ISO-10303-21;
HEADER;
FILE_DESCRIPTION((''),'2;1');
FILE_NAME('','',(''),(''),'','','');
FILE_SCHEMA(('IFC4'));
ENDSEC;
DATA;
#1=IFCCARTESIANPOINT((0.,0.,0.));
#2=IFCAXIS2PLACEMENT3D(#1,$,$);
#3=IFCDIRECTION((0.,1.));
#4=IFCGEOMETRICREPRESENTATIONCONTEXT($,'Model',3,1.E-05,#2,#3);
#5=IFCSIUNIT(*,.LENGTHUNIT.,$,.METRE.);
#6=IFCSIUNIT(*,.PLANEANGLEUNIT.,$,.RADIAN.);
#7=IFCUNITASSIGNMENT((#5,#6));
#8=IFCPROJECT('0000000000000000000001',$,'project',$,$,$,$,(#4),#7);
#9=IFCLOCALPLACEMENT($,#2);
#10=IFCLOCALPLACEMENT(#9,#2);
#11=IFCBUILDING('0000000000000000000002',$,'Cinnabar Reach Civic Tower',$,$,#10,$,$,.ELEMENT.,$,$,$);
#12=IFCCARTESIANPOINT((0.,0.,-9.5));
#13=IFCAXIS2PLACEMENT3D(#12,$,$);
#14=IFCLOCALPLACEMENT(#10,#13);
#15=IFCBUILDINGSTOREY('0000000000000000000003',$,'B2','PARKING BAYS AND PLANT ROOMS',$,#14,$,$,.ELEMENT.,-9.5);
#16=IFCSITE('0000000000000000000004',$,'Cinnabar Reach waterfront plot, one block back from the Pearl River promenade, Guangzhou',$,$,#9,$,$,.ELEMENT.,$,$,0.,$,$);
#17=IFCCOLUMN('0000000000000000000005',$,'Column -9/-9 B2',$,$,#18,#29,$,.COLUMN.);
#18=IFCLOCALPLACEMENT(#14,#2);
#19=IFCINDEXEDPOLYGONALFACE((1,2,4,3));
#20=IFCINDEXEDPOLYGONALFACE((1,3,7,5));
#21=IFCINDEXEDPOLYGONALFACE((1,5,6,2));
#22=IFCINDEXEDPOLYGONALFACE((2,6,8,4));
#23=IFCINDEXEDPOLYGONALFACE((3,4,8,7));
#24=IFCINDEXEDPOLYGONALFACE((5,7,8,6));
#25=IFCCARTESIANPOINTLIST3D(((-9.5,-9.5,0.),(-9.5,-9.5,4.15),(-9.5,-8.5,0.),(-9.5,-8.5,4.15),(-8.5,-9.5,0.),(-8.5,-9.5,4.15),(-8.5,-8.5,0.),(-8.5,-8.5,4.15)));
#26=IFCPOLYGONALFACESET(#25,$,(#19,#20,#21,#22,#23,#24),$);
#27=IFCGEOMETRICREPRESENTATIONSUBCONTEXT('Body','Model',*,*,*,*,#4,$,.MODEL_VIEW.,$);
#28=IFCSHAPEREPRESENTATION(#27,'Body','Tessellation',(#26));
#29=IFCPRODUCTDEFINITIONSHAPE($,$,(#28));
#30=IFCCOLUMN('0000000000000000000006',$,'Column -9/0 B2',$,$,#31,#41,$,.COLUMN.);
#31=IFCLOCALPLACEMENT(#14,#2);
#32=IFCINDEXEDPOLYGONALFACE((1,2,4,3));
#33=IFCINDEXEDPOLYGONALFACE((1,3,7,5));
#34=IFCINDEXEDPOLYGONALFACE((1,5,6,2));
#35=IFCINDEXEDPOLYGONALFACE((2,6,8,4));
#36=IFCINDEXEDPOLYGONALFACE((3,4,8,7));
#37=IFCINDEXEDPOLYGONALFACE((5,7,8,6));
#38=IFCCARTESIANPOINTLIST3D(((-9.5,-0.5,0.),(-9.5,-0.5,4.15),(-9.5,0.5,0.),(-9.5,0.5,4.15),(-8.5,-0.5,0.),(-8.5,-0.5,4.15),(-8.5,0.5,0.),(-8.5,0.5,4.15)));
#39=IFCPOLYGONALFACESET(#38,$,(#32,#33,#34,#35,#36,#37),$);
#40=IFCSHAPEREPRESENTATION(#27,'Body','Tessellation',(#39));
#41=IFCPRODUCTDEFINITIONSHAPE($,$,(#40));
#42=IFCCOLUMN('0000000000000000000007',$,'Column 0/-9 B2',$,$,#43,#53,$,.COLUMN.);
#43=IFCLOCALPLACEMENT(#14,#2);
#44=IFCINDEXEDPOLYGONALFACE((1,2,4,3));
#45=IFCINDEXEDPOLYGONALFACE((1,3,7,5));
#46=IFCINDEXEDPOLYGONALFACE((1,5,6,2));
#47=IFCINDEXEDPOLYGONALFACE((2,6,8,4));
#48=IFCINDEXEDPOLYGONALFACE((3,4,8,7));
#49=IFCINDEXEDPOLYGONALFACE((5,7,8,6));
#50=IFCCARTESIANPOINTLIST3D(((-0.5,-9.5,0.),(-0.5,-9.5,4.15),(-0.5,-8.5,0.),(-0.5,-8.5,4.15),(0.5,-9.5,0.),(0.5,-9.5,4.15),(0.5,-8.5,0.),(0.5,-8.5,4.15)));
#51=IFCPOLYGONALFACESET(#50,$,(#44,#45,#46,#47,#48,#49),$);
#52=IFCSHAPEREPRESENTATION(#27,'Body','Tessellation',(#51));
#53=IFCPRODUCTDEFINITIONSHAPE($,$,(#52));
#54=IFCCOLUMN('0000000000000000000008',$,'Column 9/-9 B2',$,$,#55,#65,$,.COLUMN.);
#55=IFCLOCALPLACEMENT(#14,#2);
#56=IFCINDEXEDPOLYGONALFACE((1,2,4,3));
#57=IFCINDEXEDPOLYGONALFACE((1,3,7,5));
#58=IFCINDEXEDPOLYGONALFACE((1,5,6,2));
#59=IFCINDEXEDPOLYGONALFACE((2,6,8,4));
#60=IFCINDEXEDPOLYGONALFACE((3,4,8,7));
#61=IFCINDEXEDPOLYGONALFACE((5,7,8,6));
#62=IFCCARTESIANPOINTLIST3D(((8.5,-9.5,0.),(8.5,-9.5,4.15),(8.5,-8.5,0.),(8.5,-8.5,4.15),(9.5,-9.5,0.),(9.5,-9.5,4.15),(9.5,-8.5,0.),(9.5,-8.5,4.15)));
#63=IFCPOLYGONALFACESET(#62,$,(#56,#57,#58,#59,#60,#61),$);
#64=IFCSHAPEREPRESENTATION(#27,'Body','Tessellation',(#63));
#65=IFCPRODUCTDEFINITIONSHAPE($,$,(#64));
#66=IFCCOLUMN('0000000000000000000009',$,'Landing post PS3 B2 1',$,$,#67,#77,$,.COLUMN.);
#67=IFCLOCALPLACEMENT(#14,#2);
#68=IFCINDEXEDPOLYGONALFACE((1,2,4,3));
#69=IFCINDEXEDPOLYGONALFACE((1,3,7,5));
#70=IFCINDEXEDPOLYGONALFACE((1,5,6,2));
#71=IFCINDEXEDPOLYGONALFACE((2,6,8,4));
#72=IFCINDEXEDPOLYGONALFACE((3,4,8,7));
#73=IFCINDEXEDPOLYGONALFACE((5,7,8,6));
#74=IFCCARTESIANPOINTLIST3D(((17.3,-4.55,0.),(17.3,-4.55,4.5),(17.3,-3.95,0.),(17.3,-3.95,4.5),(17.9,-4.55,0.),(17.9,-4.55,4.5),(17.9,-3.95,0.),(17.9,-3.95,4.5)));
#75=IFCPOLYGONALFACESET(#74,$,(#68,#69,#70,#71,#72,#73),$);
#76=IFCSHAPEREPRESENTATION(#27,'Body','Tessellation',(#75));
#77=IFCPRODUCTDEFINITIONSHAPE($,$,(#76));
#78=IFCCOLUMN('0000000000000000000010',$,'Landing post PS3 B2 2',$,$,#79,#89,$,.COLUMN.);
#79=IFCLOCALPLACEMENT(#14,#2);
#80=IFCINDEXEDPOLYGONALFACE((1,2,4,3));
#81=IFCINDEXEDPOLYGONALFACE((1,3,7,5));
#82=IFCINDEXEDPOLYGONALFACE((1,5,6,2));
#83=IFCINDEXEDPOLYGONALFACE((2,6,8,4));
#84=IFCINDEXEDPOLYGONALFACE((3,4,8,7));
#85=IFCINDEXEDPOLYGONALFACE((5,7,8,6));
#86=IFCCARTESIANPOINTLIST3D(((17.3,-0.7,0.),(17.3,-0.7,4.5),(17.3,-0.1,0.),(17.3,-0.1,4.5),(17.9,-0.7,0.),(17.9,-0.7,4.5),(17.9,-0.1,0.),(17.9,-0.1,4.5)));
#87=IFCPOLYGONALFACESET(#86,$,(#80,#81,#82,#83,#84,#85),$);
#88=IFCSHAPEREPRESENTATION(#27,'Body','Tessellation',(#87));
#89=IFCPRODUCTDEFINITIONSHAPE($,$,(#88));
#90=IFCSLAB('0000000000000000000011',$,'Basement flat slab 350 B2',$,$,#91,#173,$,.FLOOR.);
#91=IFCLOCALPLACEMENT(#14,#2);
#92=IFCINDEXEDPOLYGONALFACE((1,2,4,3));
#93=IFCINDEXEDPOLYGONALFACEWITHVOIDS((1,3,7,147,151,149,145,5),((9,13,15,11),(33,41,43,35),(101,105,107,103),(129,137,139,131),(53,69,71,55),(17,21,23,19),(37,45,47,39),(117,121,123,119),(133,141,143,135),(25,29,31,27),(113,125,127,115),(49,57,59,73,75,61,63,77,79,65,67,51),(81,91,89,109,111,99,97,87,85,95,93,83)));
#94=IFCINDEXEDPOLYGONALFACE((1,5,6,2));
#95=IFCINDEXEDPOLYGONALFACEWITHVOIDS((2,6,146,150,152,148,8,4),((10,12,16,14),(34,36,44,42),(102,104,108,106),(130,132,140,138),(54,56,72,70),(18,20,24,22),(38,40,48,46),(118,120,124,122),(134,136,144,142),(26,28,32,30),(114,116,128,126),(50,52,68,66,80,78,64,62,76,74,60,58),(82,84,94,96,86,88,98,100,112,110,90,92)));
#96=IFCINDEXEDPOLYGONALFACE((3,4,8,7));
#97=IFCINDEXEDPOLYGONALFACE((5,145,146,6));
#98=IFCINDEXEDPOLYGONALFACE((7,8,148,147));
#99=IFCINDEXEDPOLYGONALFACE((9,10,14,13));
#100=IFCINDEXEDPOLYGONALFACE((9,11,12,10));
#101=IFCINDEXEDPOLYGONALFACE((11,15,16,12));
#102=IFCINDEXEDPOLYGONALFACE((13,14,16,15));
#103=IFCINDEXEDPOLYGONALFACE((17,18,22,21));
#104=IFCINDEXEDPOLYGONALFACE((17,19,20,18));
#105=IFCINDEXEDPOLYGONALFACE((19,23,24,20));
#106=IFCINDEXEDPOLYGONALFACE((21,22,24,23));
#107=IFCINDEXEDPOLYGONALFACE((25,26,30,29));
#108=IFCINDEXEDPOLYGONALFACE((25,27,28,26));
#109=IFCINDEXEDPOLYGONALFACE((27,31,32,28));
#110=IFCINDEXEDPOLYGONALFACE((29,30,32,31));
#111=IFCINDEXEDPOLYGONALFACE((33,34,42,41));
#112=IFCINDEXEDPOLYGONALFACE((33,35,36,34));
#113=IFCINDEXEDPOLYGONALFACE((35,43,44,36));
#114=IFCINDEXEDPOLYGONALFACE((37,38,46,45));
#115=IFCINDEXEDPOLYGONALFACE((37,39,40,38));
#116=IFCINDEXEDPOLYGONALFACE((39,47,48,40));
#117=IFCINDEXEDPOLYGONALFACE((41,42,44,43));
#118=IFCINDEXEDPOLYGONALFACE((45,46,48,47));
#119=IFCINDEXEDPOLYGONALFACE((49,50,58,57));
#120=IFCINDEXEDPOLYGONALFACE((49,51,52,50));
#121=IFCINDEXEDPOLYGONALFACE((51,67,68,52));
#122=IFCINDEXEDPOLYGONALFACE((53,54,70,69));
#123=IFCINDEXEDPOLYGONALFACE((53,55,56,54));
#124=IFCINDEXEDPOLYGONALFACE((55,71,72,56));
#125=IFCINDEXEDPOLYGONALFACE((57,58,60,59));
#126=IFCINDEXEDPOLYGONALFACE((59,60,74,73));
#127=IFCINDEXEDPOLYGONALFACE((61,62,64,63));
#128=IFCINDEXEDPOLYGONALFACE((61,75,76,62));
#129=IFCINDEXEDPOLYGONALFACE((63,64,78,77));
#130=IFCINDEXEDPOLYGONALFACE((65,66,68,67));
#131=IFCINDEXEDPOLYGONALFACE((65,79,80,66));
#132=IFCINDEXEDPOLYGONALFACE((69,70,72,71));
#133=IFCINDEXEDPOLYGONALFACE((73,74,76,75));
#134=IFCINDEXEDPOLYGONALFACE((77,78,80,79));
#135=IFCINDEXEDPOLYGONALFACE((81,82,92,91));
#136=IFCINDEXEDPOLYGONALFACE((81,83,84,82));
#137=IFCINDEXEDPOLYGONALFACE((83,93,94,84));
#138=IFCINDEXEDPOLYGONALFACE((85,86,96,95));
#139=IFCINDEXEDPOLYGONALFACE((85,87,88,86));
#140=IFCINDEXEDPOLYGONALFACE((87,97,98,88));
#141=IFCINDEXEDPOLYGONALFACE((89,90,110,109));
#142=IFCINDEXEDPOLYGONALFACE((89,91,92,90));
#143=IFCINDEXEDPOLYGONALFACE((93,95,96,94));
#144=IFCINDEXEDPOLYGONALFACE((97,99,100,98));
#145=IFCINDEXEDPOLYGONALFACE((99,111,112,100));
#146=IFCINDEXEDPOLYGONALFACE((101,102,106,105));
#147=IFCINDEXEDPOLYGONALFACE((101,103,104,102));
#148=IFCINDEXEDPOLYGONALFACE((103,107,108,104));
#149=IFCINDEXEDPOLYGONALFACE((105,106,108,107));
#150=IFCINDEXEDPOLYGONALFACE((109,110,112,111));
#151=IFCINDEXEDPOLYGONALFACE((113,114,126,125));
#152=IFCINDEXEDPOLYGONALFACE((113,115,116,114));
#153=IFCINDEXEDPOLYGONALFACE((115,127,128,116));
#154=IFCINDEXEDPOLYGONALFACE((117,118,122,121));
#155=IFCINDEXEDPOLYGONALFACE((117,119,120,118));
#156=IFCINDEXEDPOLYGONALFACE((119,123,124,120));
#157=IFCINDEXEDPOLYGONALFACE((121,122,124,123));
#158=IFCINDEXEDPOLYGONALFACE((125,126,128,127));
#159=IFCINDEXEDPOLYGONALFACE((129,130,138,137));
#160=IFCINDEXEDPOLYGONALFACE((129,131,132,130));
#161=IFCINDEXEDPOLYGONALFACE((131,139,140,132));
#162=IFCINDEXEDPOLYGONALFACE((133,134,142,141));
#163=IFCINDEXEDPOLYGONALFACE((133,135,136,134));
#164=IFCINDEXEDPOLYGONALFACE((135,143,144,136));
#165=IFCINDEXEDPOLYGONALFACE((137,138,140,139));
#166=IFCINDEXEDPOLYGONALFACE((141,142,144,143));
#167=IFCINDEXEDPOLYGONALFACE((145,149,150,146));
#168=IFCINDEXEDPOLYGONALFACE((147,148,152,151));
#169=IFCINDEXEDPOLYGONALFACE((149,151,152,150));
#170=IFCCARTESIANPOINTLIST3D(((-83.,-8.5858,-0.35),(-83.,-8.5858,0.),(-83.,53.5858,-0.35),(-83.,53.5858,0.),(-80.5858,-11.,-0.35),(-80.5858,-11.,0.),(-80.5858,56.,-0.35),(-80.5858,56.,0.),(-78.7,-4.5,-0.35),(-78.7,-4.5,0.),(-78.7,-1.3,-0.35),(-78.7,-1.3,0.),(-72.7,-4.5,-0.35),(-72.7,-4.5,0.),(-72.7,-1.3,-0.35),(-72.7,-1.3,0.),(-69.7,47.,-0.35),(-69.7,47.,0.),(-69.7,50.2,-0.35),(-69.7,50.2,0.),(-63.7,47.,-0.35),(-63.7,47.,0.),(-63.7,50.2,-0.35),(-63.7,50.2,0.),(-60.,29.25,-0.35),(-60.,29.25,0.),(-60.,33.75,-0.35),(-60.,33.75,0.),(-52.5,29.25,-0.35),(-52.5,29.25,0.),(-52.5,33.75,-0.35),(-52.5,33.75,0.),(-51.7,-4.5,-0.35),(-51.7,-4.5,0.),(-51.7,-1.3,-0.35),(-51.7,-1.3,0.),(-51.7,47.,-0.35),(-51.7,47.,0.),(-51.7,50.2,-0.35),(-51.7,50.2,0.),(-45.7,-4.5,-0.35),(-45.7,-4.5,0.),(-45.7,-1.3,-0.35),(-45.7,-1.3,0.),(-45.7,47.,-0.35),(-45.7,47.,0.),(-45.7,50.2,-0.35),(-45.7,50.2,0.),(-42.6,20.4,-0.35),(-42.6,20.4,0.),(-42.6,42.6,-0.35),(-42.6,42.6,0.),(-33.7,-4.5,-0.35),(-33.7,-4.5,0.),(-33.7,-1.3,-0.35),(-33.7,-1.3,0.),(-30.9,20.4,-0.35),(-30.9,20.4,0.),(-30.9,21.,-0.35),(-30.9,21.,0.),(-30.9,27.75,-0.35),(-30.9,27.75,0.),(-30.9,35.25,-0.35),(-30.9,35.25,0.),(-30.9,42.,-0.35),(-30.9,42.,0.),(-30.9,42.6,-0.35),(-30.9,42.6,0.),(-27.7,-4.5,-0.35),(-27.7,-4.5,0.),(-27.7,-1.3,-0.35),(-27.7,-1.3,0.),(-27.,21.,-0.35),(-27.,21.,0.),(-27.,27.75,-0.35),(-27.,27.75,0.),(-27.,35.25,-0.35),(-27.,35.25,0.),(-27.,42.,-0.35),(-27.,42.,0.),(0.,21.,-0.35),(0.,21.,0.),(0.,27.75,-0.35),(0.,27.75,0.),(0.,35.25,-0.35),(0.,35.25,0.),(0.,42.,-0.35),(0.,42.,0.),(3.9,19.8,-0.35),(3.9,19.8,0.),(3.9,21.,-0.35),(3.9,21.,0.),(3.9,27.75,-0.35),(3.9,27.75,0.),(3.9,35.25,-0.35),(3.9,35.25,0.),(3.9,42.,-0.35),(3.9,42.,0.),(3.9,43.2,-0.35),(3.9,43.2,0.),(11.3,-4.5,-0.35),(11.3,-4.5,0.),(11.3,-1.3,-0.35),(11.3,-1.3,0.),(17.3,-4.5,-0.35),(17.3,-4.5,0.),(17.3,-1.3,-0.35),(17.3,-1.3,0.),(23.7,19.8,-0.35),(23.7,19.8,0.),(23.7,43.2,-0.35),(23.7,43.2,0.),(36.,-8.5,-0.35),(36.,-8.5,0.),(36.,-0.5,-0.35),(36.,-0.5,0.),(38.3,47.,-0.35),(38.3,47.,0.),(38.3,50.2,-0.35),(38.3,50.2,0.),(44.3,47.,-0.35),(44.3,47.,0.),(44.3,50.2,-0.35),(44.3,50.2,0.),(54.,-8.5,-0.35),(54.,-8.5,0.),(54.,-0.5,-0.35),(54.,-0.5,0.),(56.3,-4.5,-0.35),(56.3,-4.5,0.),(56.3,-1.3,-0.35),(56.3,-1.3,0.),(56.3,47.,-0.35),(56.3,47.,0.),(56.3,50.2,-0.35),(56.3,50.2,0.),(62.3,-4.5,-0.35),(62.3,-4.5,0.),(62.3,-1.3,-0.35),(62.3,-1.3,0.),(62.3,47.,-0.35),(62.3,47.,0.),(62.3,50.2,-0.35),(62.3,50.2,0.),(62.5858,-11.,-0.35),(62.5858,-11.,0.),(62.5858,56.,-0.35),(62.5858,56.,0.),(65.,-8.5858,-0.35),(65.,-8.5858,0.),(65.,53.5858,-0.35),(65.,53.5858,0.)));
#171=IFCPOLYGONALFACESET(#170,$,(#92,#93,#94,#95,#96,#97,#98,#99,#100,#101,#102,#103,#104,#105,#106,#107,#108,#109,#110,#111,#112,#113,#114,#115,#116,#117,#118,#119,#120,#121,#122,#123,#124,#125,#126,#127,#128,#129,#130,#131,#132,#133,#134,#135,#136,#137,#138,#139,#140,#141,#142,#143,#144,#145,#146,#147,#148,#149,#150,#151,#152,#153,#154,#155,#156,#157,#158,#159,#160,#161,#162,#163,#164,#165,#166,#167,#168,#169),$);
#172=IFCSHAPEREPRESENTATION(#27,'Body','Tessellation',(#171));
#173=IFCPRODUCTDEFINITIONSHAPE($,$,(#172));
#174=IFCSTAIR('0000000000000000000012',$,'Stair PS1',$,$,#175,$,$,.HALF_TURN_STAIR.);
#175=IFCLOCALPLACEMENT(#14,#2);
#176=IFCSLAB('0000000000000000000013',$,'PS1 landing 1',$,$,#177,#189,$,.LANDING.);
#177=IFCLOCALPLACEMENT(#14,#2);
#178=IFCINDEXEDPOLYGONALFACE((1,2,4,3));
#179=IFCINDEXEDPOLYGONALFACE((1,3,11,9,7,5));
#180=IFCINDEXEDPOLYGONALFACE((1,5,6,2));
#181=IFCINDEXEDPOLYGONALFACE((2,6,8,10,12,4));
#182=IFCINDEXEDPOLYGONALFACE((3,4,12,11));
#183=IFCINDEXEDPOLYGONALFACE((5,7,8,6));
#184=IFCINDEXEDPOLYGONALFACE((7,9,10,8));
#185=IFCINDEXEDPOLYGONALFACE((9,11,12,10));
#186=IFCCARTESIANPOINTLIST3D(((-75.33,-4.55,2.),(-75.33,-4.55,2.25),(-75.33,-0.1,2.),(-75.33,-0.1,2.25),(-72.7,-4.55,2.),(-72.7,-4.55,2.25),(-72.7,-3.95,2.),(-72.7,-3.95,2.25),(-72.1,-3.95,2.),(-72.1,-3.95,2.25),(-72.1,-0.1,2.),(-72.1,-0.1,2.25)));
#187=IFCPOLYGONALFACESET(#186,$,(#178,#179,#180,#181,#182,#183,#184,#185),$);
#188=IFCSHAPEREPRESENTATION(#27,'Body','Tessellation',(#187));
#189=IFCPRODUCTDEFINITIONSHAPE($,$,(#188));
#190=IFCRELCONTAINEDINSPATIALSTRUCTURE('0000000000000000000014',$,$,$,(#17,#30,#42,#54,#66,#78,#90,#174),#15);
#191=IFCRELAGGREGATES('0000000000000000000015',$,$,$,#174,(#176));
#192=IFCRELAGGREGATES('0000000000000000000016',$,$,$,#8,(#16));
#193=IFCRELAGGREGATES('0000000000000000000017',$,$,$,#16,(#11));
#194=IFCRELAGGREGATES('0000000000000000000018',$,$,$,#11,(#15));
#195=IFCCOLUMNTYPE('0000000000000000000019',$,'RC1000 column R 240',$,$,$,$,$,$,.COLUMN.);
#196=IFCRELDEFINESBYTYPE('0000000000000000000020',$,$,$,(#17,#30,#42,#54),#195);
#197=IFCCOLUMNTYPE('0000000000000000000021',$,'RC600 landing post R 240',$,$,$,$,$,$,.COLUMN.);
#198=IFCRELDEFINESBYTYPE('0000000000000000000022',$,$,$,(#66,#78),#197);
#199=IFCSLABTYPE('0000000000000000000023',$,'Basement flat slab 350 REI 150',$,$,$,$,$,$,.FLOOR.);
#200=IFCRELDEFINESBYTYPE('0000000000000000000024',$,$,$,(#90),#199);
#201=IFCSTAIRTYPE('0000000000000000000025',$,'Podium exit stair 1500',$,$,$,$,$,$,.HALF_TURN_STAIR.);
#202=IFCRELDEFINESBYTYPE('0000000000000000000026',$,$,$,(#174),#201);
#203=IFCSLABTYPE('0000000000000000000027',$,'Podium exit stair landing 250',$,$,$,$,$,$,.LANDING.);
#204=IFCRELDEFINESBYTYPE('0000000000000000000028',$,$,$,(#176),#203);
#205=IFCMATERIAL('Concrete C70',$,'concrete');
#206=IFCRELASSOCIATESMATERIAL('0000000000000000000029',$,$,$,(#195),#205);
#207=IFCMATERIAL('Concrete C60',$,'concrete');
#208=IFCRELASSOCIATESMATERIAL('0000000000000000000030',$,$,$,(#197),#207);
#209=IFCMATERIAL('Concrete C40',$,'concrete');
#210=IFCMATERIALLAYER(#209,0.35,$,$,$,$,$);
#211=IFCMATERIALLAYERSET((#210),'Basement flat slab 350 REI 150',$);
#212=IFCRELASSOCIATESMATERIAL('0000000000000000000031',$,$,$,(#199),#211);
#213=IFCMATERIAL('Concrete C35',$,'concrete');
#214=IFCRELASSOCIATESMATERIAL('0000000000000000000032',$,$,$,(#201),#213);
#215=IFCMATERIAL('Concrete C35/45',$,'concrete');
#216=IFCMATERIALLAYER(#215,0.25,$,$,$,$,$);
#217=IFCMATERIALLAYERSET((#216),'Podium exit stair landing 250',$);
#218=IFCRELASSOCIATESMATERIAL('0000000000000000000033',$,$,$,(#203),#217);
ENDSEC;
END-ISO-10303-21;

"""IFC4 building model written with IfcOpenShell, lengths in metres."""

from ifc_helpers import new_model, si_unit, direction, frame, origin, origin_2d, place, context, subcontext, project, spatial, polyline, rectangle, outline, extrude, material, layer, layer_set, material_profile, profile_set, type_object, element, aggregate, save


model = new_model("IFC4")

# Units and contexts
model_context = context("Model", 3, precision=1e-05, world=origin(), true_north=direction((0.0, 1.0)))
body_context = subcontext(model_context, "Body", "Model", "MODEL_VIEW")
ifc_project = project(units=[si_unit("LENGTHUNIT", "METRE"), si_unit("PLANEANGLEUNIT", "RADIAN")], contexts=[model_context])

# Site, building, storey
site_placement = place(None, origin())
site = spatial("IfcSite", under=ifc_project, at=site_placement, Name="Cinnabar Reach waterfront plot, one block back from the Pearl River promenade, Guangzhou", CompositionType="ELEMENT", RefElevation=0.0)
building_placement = place(site_placement, origin())
building = spatial("IfcBuilding", under=site, at=building_placement, Name="Cinnabar Reach Civic Tower", CompositionType="ELEMENT")
storey_placement = place(building_placement, frame((0.0, 0.0, -9.5)))
storey = spatial("IfcBuildingStorey", under=building, at=storey_placement, Name="B2", Description="PARKING BAYS AND PLANT ROOMS", CompositionType="ELEMENT", Elevation=-9.5)

# Columns
ifc_material_1 = material(Name="Concrete C70", Category="concrete")
ifc_material_profile_1 = material_profile(ifc_material_1, rectangle(XDim=1.0, YDim=1.0, at=origin_2d()), Name="RC1000")
ifc_profile_set_1 = profile_set([ifc_material_profile_1], Name="Concrete C70")
column_type_1 = type_object("IfcColumnType", Name="RC1000 column R 240", PredefinedType="COLUMN", material=ifc_profile_set_1)
for number, where, z_axis, x_axis, name in (
    (1, (-9.0, -9.0, 0.0), (0.0, 0.0, 1.0), (1.0, 0.0, 0.0), "Column -9/-9 B2"),
    (2, (-9.0, 0.0, 0.0), (0.0, 0.0, 1.0), (1.0, 0.0, 0.0), "Column -9/0 B2"),
    (3, (0.0, -9.0, 0.0), (0.0, 0.0, 1.0), (1.0, 0.0, 0.0), "Column 0/-9 B2"),
    (4, (9.0, -9.0, 0.0), (0.0, 0.0, 1.0), (1.0, 0.0, 0.0), "Column 9/-9 B2"),
):
    element("IfcColumn", number, at=place(storey_placement, frame(where, z_axis=z_axis, x_axis=x_axis)), inside=storey, type_object=column_type_1, Name=name, PredefinedType="COLUMN", context=body_context, shape_type="SweptSolid", body=[
        extrude(rectangle(XDim=1.0, YDim=1.0, at=origin_2d()), origin(), (0.0, 0.0, 1.0), 4.15),
    ])
ifc_material_2 = material(Name="Concrete C60", Category="concrete")
ifc_material_profile_2 = material_profile(ifc_material_2, rectangle(XDim=0.6, YDim=0.6, at=origin_2d()), Name="RC600")
ifc_profile_set_2 = profile_set([ifc_material_profile_2], Name="Concrete C60")
column_type_2 = type_object("IfcColumnType", Name="RC600 landing post R 240", PredefinedType="COLUMN", material=ifc_profile_set_2)
for number, where, z_axis, x_axis, name in (
    (5, (17.6, -4.25, 0.0), (0.0, 0.0, 1.0), (1.0, 0.0, 0.0), "Landing post PS3 B2 1"),
    (6, (17.6, -0.4, 0.0), (0.0, 0.0, 1.0), (1.0, 0.0, 0.0), "Landing post PS3 B2 2"),
):
    element("IfcColumn", number, at=place(storey_placement, frame(where, z_axis=z_axis, x_axis=x_axis)), inside=storey, type_object=column_type_2, Name=name, PredefinedType="COLUMN", context=body_context, shape_type="SweptSolid", body=[
        extrude(rectangle(XDim=0.6, YDim=0.6, at=origin_2d()), origin(), (0.0, 0.0, 1.0), 4.5),
    ])

# Slab
ifc_material_3 = material(Name="Concrete C40", Category="concrete")
ifc_layer_1 = layer(ifc_material_3, 0.35)
ifc_layer_set_1 = layer_set([ifc_layer_1], Name="Basement flat slab 350 REI 150")
slab_type_1 = type_object("IfcSlabType", Name="Basement flat slab 350 REI 150", PredefinedType="FLOOR", material=ifc_layer_set_1)
slab_1_placement = place(storey_placement, frame((0.0, 0.0, -0.35)))
element("IfcSlab", 7, at=slab_1_placement, inside=storey, type_object=slab_type_1, Name="Basement flat slab 350 B2", PredefinedType="FLOOR", context=body_context, shape_type="SweptSolid", body=[
    extrude(outline(polyline([(-83.0, -8.5858), (-83.0, 53.5858), (-80.5858, 56.0), (62.5858, 56.0), (65.0, 53.5858), (65.0, -8.5858), (62.5858, -11.0), (-80.5858, -11.0), (-83.0, -8.5858)]), holes=[polyline([(-78.7, -1.3), (-78.7, -4.5), (-72.7, -4.5), (-72.7, -1.3), (-78.7, -1.3)]), polyline([(-45.7, -1.3), (-51.7, -1.3), (-51.7, -4.5), (-45.7, -4.5), (-45.7, -1.3)]), polyline([(-27.7, -1.3), (-33.7, -1.3), (-33.7, -4.5), (-27.7, -4.5), (-27.7, -1.3)]), polyline([(-60.0, 33.75), (-60.0, 29.25), (-52.5, 29.25), (-52.5, 33.75), (-60.0, 33.75)]), polyline([(-42.6, 20.4), (-30.9, 20.4), (-30.9, 21.0), (-27.0, 21.0), (-27.0, 27.75), (-30.9, 27.75), (-30.9, 35.25), (-27.0, 35.25), (-27.0, 42.0), (-30.9, 42.0), (-30.9, 42.6), (-42.6, 42.6), (-42.6, 20.4)]), polyline([(-63.7, 50.2), (-69.7, 50.2), (-69.7, 47.0), (-63.7, 47.0), (-63.7, 50.2)]), polyline([(-51.7, 50.2), (-51.7, 47.0), (-45.7, 47.0), (-45.7, 50.2), (-51.7, 50.2)]), polyline([(54.0, -0.5), (36.0, -0.5), (36.0, -8.5), (54.0, -8.5), (54.0, -0.5)]), polyline([(17.3, -1.3), (11.3, -1.3), (11.3, -4.5), (17.3, -4.5), (17.3, -1.3)]), polyline([(62.3, -1.3), (56.3, -1.3), (56.3, -4.5), (62.3, -4.5), (62.3, -1.3)]), polyline([(3.9, 42.0), (0.0, 42.0), (0.0, 35.25), (3.9, 35.25), (3.9, 27.75), (0.0, 27.75), (0.0, 21.0), (3.9, 21.0), (3.9, 19.8), (23.7, 19.8), (23.7, 43.2), (3.9, 43.2), (3.9, 42.0)]), polyline([(44.3, 47.0), (44.3, 50.2), (38.3, 50.2), (38.3, 47.0), (44.3, 47.0)]), polyline([(62.3, 47.0), (62.3, 50.2), (56.3, 50.2), (56.3, 47.0), (62.3, 47.0)])]), origin(), (0.0, 0.0, 1.0), 0.35),
])

# Stair, slab
ifc_material_4 = material(Name="Concrete C35", Category="concrete")
stair_type = type_object("IfcStairType", Name="Podium exit stair 1500", PredefinedType="HALF_TURN_STAIR", material=ifc_material_4)
stair_1_placement = place(storey_placement, origin())
stair_1 = element("IfcStair", 8, at=stair_1_placement, inside=storey, type_object=stair_type, Name="Stair PS1", PredefinedType="HALF_TURN_STAIR")
ifc_material_5 = material(Name="Concrete C35/45", Category="concrete")
ifc_layer_2 = layer(ifc_material_5, 0.25)
ifc_layer_set_2 = layer_set([ifc_layer_2], Name="Podium exit stair landing 250")
slab_type_2 = type_object("IfcSlabType", Name="Podium exit stair landing 250", PredefinedType="LANDING", material=ifc_layer_set_2)
slab_2_placement = place(storey_placement, frame((0.0, 0.0, 2.0)))
slab_2 = element("IfcSlab", 9, at=slab_2_placement, type_object=slab_type_2, Name="PS1 landing 1", PredefinedType="LANDING", context=body_context, shape_type="SweptSolid", body=[
    extrude(outline(polyline([(-75.33, -4.55), (-75.33, -0.1), (-72.1, -0.1), (-72.1, -3.95), (-72.7, -3.95), (-72.7, -4.55), (-75.33, -4.55)])), origin(), (0.0, 0.0, 1.0), 0.25),
])
aggregate(stair_1, [slab_2])

save(model, "model.ifc")
